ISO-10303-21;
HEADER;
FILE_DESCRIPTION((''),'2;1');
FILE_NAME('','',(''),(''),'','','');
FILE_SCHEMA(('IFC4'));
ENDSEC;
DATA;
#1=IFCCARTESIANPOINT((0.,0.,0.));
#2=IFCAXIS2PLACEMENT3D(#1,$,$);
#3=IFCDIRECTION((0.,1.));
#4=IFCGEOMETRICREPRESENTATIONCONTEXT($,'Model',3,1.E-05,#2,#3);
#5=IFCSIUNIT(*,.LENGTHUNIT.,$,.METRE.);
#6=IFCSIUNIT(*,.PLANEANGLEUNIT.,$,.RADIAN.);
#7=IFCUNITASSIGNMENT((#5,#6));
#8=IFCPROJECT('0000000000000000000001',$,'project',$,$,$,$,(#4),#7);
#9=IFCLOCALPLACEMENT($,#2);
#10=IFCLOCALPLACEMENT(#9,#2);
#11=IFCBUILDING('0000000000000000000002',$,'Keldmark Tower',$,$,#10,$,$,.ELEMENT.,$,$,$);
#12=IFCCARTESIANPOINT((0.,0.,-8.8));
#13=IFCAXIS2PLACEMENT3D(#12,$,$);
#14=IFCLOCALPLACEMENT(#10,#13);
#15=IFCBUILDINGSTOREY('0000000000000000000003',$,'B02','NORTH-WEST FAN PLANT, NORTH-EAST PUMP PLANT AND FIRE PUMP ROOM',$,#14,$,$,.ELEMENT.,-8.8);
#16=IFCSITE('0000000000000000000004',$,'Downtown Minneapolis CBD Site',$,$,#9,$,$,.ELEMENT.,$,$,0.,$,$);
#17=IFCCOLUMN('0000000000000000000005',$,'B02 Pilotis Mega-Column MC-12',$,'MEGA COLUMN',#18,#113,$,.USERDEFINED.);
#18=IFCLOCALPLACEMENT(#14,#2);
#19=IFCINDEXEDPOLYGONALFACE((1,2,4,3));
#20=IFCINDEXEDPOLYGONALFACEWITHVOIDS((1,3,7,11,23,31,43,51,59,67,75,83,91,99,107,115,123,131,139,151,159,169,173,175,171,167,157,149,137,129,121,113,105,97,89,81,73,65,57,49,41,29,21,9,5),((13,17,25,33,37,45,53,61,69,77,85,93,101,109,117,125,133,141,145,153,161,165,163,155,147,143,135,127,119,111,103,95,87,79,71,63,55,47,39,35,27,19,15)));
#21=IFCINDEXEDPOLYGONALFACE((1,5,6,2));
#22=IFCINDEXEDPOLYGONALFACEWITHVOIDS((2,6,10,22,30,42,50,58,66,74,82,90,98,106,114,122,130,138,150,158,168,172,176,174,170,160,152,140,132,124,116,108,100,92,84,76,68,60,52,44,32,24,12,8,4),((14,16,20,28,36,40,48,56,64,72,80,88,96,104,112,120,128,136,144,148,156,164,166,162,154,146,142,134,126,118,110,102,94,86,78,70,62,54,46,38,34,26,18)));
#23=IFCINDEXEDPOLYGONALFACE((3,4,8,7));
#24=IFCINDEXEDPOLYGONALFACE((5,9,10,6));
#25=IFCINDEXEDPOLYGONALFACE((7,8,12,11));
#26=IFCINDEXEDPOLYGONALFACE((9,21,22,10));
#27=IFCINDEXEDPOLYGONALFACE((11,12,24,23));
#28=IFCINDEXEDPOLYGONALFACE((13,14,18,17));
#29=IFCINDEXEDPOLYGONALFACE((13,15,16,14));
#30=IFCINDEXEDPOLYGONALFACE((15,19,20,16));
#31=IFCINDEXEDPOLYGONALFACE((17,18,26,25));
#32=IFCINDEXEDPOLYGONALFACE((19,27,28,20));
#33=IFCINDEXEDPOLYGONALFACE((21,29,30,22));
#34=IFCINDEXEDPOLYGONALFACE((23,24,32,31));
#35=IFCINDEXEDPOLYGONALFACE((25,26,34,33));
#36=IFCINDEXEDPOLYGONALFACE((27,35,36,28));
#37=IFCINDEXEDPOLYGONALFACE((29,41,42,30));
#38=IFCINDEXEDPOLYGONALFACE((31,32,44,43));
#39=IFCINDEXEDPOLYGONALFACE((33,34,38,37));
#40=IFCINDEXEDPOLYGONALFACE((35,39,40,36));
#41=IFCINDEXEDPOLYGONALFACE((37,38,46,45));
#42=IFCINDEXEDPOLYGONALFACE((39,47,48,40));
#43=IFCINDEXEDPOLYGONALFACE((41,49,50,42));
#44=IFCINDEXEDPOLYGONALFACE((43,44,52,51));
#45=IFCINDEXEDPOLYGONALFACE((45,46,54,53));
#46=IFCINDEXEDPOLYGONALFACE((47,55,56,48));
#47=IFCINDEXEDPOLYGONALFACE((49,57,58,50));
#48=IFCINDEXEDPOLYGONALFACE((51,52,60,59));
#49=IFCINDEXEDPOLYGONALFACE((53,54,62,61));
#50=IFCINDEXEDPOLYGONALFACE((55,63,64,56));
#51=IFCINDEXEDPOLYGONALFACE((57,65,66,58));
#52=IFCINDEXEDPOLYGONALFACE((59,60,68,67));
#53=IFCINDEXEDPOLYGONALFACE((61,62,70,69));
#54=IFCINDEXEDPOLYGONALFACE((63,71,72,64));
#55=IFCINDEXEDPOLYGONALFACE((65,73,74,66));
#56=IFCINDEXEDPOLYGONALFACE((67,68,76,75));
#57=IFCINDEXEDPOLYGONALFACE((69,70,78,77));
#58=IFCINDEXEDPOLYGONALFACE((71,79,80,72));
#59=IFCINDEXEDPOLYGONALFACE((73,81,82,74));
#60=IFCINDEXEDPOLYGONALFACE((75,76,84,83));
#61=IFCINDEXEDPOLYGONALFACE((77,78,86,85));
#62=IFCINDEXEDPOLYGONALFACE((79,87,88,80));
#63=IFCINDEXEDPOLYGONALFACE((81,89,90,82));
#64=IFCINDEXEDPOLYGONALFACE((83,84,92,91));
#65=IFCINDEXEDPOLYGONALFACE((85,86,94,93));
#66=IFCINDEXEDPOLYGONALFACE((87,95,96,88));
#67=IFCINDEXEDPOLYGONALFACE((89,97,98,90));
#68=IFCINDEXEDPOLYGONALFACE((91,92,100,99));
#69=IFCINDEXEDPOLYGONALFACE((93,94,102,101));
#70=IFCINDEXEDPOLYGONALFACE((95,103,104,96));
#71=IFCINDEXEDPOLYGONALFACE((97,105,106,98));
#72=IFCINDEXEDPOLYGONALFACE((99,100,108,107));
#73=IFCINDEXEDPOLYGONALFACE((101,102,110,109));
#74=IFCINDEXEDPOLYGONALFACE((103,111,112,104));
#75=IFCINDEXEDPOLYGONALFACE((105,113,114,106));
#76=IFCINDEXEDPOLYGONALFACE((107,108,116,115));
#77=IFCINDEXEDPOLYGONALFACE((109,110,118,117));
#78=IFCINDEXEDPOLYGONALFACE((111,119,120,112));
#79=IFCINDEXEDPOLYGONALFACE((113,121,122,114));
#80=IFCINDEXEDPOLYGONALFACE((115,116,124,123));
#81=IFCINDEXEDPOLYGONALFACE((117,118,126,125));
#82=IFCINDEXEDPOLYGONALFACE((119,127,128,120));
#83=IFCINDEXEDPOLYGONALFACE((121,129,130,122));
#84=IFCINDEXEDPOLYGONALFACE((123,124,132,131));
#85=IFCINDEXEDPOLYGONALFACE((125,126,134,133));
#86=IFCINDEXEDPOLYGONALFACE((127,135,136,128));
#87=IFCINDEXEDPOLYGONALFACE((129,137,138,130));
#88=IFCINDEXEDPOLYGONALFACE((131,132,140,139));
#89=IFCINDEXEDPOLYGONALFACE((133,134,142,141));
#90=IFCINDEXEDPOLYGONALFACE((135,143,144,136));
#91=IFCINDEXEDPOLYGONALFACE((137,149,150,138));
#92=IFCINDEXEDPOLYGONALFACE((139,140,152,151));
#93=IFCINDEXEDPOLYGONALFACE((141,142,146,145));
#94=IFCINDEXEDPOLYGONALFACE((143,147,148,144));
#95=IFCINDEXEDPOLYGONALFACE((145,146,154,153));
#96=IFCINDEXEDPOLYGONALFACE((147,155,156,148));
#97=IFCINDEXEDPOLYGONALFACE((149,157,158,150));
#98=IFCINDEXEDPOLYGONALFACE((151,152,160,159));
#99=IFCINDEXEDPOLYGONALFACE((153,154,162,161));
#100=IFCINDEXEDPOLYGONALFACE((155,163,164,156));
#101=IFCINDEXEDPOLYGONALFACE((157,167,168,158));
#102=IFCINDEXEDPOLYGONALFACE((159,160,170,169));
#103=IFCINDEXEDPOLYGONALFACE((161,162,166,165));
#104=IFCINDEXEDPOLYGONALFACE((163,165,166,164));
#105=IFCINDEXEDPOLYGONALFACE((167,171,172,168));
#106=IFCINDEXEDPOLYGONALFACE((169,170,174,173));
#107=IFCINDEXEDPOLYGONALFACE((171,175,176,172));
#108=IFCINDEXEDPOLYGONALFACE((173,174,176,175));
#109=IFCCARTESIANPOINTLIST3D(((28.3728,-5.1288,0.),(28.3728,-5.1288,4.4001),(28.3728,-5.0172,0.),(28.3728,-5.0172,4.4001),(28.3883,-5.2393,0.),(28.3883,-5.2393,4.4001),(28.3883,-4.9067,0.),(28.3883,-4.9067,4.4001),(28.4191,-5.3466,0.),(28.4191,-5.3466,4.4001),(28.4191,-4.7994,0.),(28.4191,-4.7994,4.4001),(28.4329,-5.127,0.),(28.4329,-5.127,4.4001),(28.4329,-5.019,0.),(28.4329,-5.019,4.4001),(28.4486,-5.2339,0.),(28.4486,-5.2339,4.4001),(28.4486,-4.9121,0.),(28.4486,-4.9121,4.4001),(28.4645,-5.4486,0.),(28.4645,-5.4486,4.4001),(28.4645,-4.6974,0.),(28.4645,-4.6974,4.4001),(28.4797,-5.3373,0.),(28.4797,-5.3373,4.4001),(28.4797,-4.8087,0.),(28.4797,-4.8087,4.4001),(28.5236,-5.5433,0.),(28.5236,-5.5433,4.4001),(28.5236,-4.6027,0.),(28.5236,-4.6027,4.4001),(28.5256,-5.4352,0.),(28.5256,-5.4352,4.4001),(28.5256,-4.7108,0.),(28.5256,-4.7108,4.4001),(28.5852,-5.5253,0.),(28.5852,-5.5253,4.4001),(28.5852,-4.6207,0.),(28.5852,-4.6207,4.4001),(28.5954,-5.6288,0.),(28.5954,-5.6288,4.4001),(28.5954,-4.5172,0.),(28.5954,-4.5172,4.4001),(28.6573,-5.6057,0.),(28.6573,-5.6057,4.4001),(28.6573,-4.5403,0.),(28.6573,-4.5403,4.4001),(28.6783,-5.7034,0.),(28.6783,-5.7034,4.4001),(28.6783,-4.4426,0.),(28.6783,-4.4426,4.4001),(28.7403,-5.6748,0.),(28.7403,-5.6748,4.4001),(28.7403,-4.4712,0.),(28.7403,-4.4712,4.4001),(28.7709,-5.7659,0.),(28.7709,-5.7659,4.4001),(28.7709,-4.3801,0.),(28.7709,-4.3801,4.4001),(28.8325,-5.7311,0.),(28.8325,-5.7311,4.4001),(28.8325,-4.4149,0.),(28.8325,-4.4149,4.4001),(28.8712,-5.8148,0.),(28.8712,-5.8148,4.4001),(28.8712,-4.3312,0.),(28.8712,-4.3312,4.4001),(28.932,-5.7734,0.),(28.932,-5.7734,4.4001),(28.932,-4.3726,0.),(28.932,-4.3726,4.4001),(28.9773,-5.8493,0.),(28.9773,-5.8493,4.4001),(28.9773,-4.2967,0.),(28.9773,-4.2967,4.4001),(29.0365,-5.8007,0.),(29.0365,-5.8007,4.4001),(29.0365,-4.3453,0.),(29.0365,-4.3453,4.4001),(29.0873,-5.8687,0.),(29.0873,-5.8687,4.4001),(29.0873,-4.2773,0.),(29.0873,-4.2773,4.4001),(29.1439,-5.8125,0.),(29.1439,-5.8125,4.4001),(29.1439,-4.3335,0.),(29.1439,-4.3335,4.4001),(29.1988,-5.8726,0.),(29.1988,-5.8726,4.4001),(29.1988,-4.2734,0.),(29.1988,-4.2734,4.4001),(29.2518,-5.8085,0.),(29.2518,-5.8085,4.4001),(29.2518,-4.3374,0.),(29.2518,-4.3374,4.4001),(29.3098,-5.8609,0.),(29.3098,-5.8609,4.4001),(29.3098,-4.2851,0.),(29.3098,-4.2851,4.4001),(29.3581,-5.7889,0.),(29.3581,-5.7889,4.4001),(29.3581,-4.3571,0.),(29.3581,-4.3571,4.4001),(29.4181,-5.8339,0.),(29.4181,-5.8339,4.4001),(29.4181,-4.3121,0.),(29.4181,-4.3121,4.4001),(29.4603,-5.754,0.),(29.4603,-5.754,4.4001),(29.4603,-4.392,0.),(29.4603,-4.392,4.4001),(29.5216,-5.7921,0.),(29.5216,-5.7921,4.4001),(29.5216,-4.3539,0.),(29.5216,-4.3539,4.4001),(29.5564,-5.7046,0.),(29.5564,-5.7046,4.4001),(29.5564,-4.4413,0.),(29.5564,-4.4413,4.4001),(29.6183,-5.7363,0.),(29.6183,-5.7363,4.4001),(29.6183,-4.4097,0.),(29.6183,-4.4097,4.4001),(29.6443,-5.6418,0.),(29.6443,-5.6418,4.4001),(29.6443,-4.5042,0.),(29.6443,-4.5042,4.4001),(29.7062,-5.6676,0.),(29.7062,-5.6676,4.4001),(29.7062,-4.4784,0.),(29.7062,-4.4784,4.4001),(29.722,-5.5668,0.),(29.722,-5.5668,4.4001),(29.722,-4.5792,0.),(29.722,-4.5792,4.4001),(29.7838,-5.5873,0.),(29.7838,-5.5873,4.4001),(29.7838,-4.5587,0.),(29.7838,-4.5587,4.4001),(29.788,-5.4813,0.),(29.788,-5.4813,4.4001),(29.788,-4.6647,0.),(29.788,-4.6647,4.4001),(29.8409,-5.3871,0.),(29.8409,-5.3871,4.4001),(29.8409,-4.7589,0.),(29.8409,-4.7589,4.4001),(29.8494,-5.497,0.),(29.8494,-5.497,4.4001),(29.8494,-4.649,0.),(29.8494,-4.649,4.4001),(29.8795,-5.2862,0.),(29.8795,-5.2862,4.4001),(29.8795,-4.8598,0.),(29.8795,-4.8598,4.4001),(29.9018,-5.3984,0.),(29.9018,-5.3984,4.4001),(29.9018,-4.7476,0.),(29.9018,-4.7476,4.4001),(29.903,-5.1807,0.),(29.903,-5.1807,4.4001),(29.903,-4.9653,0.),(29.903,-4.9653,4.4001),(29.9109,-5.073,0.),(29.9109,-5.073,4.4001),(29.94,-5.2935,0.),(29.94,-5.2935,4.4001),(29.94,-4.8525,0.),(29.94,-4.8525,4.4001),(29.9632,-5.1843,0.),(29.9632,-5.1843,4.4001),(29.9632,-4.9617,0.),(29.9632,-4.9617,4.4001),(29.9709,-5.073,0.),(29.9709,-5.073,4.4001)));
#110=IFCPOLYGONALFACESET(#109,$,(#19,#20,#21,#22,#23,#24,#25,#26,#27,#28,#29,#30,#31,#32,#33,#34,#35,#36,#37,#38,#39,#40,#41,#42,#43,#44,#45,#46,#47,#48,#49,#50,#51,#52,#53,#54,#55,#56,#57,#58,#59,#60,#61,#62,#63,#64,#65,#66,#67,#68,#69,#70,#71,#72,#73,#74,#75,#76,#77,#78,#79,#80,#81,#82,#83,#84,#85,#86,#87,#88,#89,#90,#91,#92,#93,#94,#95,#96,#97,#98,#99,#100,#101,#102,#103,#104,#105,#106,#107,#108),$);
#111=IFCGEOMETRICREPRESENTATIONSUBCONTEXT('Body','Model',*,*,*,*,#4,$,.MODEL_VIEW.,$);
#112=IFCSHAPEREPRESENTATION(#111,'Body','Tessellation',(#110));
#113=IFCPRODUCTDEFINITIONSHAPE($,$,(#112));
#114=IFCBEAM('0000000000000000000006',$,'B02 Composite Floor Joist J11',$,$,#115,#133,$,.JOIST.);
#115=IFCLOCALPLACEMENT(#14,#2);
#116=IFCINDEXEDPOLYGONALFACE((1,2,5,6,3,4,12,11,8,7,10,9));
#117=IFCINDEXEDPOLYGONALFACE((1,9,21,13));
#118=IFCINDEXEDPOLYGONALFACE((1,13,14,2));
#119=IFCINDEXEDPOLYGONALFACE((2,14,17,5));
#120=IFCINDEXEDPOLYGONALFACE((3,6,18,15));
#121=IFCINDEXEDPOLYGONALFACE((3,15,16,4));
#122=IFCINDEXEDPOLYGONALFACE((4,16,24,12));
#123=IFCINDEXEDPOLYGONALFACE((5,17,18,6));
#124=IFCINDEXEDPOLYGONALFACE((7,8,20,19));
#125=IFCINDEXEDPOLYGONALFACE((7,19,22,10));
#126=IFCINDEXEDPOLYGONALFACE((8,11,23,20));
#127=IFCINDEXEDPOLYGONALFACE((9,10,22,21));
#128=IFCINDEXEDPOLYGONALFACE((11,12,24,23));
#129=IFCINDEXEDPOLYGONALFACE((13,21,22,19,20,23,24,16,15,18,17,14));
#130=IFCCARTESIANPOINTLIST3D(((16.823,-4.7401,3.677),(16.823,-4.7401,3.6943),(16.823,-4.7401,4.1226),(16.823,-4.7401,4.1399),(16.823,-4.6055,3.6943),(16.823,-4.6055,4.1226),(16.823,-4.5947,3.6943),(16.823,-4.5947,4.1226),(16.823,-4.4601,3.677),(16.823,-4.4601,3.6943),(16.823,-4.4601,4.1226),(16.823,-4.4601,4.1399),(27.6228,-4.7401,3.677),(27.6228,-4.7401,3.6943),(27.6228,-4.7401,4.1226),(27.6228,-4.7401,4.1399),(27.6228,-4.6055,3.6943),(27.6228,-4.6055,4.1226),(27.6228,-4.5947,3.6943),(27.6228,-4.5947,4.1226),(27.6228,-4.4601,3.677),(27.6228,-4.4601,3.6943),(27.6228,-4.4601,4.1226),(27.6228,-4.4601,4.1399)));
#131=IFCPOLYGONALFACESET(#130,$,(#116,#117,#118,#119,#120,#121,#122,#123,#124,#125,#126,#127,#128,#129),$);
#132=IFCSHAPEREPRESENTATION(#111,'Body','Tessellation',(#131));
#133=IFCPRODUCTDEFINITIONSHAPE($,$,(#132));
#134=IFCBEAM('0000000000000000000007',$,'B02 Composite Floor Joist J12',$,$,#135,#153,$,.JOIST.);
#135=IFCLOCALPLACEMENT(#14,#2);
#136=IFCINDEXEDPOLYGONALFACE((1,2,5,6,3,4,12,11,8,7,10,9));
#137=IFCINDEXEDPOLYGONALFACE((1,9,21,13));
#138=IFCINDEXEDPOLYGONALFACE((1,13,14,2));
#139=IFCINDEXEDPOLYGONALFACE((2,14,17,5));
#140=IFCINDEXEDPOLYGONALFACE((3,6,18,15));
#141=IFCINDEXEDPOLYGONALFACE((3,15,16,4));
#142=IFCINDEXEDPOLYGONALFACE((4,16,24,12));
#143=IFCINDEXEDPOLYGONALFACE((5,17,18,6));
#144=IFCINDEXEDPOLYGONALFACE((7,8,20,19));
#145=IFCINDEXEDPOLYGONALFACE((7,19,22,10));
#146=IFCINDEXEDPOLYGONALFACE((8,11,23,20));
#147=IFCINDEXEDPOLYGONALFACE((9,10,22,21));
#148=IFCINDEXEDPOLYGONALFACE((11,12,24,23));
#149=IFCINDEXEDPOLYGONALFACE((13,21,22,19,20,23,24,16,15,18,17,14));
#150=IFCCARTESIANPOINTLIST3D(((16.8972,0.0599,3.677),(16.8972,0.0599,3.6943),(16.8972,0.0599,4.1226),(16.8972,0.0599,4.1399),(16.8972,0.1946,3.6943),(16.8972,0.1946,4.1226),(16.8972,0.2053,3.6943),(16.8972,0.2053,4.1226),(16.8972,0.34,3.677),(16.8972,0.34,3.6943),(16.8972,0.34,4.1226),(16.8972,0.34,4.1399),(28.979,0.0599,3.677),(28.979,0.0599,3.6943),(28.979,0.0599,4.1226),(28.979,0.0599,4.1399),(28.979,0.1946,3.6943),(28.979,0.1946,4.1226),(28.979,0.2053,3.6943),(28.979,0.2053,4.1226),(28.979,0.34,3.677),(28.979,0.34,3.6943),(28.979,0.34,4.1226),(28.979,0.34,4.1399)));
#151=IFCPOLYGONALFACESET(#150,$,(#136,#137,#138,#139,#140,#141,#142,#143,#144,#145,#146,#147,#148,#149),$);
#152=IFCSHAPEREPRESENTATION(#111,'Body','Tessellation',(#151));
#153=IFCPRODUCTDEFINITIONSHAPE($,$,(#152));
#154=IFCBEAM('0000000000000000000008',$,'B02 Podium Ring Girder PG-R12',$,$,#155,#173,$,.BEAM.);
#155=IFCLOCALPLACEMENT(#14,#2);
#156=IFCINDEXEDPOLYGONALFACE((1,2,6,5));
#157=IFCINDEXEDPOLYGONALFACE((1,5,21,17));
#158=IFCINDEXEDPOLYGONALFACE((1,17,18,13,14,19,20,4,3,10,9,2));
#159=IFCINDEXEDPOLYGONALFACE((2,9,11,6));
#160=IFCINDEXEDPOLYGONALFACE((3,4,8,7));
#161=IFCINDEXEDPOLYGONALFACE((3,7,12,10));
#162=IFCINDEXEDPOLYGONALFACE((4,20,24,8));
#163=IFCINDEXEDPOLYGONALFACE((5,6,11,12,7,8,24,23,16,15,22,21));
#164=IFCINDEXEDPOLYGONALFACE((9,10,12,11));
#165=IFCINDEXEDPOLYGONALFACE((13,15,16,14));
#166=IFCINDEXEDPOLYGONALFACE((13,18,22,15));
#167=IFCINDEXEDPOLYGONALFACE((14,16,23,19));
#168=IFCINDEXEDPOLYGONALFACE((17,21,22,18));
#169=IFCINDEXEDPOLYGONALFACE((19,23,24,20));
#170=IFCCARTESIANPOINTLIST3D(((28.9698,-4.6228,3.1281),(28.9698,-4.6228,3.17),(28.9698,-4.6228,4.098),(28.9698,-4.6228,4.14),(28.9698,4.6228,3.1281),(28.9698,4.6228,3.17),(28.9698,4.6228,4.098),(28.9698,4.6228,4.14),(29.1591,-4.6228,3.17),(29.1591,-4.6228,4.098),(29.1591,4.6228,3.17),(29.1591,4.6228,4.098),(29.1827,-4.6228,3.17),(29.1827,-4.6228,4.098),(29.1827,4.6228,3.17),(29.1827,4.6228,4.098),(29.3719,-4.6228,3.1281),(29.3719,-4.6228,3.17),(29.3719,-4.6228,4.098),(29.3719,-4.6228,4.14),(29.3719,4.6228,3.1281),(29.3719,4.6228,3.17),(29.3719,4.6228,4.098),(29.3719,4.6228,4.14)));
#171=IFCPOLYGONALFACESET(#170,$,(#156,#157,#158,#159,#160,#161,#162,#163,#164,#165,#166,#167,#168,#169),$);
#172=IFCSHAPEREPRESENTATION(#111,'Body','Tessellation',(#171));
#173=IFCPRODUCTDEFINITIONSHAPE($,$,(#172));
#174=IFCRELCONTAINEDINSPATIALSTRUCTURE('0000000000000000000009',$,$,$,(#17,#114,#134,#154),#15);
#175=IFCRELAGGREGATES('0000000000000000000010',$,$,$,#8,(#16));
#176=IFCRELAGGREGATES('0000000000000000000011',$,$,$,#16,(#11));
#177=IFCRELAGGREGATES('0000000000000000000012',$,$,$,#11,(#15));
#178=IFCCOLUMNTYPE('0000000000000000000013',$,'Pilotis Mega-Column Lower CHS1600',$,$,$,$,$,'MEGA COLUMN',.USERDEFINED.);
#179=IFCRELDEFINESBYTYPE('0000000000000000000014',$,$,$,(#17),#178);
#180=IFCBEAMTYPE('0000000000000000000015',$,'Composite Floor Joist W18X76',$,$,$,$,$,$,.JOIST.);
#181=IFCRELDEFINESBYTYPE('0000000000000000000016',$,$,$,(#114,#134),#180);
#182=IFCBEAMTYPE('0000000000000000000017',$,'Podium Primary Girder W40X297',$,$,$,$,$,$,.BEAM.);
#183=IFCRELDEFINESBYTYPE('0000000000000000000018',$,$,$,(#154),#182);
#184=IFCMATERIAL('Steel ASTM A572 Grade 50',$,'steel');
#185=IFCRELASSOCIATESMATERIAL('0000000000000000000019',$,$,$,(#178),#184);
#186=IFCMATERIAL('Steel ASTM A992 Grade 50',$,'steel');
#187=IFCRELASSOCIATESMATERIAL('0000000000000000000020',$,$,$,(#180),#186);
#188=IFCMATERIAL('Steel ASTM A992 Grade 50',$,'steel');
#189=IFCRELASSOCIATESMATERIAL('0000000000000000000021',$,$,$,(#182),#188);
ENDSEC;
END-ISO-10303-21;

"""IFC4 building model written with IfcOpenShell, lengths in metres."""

from ifc_helpers import new_model, si_unit, direction, frame, origin, origin_2d, place, context, subcontext, project, spatial, hollow_circle, i_section, extrude, material, material_profile, profile_set, type_object, element, save


model = new_model("IFC4")

# Units and contexts
model_context = context("Model", 3, precision=1e-05, world=origin(), true_north=direction((0.0, 1.0)))
body_context = subcontext(model_context, "Body", "Model", "MODEL_VIEW")
ifc_project = project(units=[si_unit("LENGTHUNIT", "METRE"), si_unit("PLANEANGLEUNIT", "RADIAN")], contexts=[model_context])

# Site, building, storey
site_placement = place(None, origin())
site = spatial("IfcSite", under=ifc_project, at=site_placement, Name="Downtown Minneapolis CBD Site", CompositionType="ELEMENT", RefElevation=0.0)
building_placement = place(site_placement, origin())
building = spatial("IfcBuilding", under=site, at=building_placement, Name="Keldmark Tower", CompositionType="ELEMENT")
storey_placement = place(building_placement, frame((0.0, 0.0, -8.8)))
storey = spatial("IfcBuildingStorey", under=building, at=storey_placement, Name="B02", Description="NORTH-WEST FAN PLANT, NORTH-EAST PUMP PLANT AND FIRE PUMP ROOM", CompositionType="ELEMENT", Elevation=-8.8)

# Column
ifc_material_1 = material(Name="Steel ASTM A572 Grade 50", Category="steel")
ifc_material_profile_1 = material_profile(ifc_material_1, hollow_circle(Radius=0.8, WallThickness=0.0601, at=origin_2d()), Name="CHS1600X60")
ifc_profile_set_1 = profile_set([ifc_material_profile_1], Name="Steel ASTM A572 Grade 50")
column_type_1 = type_object("IfcColumnType", Name="Pilotis Mega-Column Lower CHS1600", ElementType="MEGA COLUMN", PredefinedType="USERDEFINED", material=ifc_profile_set_1)
column_1_placement = place(storey_placement, frame((29.1709, -5.073, 0.0), z_axis=(0.0, 0.0, 1.0), x_axis=(1.0, 0.0, 0.0)))
element("IfcColumn", 1, at=column_1_placement, inside=storey, type_object=column_type_1, Name="B02 Pilotis Mega-Column MC-12", ObjectType="MEGA COLUMN", PredefinedType="USERDEFINED", context=body_context, shape_type="SweptSolid", body=[
    extrude(hollow_circle(Radius=0.8, WallThickness=0.0601, at=origin_2d()), origin(), (0.0, 0.0, 1.0), 4.4001),
])

# Beams
ifc_material_2 = material(Name="Steel ASTM A992 Grade 50", Category="steel")
ifc_material_profile_2 = material_profile(ifc_material_2, i_section(OverallWidth=0.28, OverallDepth=0.4629, WebThickness=0.0107, FlangeThickness=0.0173, at=origin_2d()), Name="W18X76")
ifc_profile_set_2 = profile_set([ifc_material_profile_2], Name="Steel ASTM A992 Grade 50")
beam_type_1 = type_object("IfcBeamType", Name="Composite Floor Joist W18X76", PredefinedType="JOIST", material=ifc_profile_set_2)
beam_1_placement = place(storey_placement, frame((16.823, -4.6001, 3.9084), z_axis=(1.0, 0.0, 0.0), x_axis=(0.0, 1.0, 0.0)))
element("IfcBeam", 2, at=beam_1_placement, inside=storey, type_object=beam_type_1, Name="B02 Composite Floor Joist J11", PredefinedType="JOIST", context=body_context, shape_type="SweptSolid", body=[
    extrude(i_section(OverallWidth=0.28, OverallDepth=0.4629, WebThickness=0.0107, FlangeThickness=0.0173, at=origin_2d()), origin(), (0.0, 0.0, 1.0), 10.7998),
])
beam_2_placement = place(storey_placement, frame((16.8972, 0.2, 3.9084), z_axis=(1.0, 0.0, 0.0), x_axis=(0.0, 1.0, 0.0)))
element("IfcBeam", 3, at=beam_2_placement, inside=storey, type_object=beam_type_1, Name="B02 Composite Floor Joist J12", PredefinedType="JOIST", context=body_context, shape_type="SweptSolid", body=[
    extrude(i_section(OverallWidth=0.28, OverallDepth=0.4629, WebThickness=0.0107, FlangeThickness=0.0173, at=origin_2d()), origin(), (0.0, 0.0, 1.0), 12.0818),
])
ifc_material_3 = material(Name="Steel ASTM A992 Grade 50", Category="steel")
ifc_material_profile_3 = material_profile(ifc_material_3, i_section(OverallWidth=0.4021, OverallDepth=1.012, WebThickness=0.0237, FlangeThickness=0.042, at=origin_2d()), Name="W40X297")
ifc_profile_set_3 = profile_set([ifc_material_profile_3], Name="Steel ASTM A992 Grade 50")
beam_type_2 = type_object("IfcBeamType", Name="Podium Primary Girder W40X297", PredefinedType="BEAM", material=ifc_profile_set_3)
beam_3_placement = place(storey_placement, frame((29.1709, -4.6228, 3.634), z_axis=(0.0, 1.0, 0.0), x_axis=(-1.0, 0.0, 0.0)))
element("IfcBeam", 4, at=beam_3_placement, inside=storey, type_object=beam_type_2, Name="B02 Podium Ring Girder PG-R12", PredefinedType="BEAM", context=body_context, shape_type="SweptSolid", body=[
    extrude(i_section(OverallWidth=0.4021, OverallDepth=1.012, WebThickness=0.0237, FlangeThickness=0.042, at=origin_2d()), origin(), (0.0, 0.0, 1.0), 9.2456),
])

save(model, "model.ifc")
